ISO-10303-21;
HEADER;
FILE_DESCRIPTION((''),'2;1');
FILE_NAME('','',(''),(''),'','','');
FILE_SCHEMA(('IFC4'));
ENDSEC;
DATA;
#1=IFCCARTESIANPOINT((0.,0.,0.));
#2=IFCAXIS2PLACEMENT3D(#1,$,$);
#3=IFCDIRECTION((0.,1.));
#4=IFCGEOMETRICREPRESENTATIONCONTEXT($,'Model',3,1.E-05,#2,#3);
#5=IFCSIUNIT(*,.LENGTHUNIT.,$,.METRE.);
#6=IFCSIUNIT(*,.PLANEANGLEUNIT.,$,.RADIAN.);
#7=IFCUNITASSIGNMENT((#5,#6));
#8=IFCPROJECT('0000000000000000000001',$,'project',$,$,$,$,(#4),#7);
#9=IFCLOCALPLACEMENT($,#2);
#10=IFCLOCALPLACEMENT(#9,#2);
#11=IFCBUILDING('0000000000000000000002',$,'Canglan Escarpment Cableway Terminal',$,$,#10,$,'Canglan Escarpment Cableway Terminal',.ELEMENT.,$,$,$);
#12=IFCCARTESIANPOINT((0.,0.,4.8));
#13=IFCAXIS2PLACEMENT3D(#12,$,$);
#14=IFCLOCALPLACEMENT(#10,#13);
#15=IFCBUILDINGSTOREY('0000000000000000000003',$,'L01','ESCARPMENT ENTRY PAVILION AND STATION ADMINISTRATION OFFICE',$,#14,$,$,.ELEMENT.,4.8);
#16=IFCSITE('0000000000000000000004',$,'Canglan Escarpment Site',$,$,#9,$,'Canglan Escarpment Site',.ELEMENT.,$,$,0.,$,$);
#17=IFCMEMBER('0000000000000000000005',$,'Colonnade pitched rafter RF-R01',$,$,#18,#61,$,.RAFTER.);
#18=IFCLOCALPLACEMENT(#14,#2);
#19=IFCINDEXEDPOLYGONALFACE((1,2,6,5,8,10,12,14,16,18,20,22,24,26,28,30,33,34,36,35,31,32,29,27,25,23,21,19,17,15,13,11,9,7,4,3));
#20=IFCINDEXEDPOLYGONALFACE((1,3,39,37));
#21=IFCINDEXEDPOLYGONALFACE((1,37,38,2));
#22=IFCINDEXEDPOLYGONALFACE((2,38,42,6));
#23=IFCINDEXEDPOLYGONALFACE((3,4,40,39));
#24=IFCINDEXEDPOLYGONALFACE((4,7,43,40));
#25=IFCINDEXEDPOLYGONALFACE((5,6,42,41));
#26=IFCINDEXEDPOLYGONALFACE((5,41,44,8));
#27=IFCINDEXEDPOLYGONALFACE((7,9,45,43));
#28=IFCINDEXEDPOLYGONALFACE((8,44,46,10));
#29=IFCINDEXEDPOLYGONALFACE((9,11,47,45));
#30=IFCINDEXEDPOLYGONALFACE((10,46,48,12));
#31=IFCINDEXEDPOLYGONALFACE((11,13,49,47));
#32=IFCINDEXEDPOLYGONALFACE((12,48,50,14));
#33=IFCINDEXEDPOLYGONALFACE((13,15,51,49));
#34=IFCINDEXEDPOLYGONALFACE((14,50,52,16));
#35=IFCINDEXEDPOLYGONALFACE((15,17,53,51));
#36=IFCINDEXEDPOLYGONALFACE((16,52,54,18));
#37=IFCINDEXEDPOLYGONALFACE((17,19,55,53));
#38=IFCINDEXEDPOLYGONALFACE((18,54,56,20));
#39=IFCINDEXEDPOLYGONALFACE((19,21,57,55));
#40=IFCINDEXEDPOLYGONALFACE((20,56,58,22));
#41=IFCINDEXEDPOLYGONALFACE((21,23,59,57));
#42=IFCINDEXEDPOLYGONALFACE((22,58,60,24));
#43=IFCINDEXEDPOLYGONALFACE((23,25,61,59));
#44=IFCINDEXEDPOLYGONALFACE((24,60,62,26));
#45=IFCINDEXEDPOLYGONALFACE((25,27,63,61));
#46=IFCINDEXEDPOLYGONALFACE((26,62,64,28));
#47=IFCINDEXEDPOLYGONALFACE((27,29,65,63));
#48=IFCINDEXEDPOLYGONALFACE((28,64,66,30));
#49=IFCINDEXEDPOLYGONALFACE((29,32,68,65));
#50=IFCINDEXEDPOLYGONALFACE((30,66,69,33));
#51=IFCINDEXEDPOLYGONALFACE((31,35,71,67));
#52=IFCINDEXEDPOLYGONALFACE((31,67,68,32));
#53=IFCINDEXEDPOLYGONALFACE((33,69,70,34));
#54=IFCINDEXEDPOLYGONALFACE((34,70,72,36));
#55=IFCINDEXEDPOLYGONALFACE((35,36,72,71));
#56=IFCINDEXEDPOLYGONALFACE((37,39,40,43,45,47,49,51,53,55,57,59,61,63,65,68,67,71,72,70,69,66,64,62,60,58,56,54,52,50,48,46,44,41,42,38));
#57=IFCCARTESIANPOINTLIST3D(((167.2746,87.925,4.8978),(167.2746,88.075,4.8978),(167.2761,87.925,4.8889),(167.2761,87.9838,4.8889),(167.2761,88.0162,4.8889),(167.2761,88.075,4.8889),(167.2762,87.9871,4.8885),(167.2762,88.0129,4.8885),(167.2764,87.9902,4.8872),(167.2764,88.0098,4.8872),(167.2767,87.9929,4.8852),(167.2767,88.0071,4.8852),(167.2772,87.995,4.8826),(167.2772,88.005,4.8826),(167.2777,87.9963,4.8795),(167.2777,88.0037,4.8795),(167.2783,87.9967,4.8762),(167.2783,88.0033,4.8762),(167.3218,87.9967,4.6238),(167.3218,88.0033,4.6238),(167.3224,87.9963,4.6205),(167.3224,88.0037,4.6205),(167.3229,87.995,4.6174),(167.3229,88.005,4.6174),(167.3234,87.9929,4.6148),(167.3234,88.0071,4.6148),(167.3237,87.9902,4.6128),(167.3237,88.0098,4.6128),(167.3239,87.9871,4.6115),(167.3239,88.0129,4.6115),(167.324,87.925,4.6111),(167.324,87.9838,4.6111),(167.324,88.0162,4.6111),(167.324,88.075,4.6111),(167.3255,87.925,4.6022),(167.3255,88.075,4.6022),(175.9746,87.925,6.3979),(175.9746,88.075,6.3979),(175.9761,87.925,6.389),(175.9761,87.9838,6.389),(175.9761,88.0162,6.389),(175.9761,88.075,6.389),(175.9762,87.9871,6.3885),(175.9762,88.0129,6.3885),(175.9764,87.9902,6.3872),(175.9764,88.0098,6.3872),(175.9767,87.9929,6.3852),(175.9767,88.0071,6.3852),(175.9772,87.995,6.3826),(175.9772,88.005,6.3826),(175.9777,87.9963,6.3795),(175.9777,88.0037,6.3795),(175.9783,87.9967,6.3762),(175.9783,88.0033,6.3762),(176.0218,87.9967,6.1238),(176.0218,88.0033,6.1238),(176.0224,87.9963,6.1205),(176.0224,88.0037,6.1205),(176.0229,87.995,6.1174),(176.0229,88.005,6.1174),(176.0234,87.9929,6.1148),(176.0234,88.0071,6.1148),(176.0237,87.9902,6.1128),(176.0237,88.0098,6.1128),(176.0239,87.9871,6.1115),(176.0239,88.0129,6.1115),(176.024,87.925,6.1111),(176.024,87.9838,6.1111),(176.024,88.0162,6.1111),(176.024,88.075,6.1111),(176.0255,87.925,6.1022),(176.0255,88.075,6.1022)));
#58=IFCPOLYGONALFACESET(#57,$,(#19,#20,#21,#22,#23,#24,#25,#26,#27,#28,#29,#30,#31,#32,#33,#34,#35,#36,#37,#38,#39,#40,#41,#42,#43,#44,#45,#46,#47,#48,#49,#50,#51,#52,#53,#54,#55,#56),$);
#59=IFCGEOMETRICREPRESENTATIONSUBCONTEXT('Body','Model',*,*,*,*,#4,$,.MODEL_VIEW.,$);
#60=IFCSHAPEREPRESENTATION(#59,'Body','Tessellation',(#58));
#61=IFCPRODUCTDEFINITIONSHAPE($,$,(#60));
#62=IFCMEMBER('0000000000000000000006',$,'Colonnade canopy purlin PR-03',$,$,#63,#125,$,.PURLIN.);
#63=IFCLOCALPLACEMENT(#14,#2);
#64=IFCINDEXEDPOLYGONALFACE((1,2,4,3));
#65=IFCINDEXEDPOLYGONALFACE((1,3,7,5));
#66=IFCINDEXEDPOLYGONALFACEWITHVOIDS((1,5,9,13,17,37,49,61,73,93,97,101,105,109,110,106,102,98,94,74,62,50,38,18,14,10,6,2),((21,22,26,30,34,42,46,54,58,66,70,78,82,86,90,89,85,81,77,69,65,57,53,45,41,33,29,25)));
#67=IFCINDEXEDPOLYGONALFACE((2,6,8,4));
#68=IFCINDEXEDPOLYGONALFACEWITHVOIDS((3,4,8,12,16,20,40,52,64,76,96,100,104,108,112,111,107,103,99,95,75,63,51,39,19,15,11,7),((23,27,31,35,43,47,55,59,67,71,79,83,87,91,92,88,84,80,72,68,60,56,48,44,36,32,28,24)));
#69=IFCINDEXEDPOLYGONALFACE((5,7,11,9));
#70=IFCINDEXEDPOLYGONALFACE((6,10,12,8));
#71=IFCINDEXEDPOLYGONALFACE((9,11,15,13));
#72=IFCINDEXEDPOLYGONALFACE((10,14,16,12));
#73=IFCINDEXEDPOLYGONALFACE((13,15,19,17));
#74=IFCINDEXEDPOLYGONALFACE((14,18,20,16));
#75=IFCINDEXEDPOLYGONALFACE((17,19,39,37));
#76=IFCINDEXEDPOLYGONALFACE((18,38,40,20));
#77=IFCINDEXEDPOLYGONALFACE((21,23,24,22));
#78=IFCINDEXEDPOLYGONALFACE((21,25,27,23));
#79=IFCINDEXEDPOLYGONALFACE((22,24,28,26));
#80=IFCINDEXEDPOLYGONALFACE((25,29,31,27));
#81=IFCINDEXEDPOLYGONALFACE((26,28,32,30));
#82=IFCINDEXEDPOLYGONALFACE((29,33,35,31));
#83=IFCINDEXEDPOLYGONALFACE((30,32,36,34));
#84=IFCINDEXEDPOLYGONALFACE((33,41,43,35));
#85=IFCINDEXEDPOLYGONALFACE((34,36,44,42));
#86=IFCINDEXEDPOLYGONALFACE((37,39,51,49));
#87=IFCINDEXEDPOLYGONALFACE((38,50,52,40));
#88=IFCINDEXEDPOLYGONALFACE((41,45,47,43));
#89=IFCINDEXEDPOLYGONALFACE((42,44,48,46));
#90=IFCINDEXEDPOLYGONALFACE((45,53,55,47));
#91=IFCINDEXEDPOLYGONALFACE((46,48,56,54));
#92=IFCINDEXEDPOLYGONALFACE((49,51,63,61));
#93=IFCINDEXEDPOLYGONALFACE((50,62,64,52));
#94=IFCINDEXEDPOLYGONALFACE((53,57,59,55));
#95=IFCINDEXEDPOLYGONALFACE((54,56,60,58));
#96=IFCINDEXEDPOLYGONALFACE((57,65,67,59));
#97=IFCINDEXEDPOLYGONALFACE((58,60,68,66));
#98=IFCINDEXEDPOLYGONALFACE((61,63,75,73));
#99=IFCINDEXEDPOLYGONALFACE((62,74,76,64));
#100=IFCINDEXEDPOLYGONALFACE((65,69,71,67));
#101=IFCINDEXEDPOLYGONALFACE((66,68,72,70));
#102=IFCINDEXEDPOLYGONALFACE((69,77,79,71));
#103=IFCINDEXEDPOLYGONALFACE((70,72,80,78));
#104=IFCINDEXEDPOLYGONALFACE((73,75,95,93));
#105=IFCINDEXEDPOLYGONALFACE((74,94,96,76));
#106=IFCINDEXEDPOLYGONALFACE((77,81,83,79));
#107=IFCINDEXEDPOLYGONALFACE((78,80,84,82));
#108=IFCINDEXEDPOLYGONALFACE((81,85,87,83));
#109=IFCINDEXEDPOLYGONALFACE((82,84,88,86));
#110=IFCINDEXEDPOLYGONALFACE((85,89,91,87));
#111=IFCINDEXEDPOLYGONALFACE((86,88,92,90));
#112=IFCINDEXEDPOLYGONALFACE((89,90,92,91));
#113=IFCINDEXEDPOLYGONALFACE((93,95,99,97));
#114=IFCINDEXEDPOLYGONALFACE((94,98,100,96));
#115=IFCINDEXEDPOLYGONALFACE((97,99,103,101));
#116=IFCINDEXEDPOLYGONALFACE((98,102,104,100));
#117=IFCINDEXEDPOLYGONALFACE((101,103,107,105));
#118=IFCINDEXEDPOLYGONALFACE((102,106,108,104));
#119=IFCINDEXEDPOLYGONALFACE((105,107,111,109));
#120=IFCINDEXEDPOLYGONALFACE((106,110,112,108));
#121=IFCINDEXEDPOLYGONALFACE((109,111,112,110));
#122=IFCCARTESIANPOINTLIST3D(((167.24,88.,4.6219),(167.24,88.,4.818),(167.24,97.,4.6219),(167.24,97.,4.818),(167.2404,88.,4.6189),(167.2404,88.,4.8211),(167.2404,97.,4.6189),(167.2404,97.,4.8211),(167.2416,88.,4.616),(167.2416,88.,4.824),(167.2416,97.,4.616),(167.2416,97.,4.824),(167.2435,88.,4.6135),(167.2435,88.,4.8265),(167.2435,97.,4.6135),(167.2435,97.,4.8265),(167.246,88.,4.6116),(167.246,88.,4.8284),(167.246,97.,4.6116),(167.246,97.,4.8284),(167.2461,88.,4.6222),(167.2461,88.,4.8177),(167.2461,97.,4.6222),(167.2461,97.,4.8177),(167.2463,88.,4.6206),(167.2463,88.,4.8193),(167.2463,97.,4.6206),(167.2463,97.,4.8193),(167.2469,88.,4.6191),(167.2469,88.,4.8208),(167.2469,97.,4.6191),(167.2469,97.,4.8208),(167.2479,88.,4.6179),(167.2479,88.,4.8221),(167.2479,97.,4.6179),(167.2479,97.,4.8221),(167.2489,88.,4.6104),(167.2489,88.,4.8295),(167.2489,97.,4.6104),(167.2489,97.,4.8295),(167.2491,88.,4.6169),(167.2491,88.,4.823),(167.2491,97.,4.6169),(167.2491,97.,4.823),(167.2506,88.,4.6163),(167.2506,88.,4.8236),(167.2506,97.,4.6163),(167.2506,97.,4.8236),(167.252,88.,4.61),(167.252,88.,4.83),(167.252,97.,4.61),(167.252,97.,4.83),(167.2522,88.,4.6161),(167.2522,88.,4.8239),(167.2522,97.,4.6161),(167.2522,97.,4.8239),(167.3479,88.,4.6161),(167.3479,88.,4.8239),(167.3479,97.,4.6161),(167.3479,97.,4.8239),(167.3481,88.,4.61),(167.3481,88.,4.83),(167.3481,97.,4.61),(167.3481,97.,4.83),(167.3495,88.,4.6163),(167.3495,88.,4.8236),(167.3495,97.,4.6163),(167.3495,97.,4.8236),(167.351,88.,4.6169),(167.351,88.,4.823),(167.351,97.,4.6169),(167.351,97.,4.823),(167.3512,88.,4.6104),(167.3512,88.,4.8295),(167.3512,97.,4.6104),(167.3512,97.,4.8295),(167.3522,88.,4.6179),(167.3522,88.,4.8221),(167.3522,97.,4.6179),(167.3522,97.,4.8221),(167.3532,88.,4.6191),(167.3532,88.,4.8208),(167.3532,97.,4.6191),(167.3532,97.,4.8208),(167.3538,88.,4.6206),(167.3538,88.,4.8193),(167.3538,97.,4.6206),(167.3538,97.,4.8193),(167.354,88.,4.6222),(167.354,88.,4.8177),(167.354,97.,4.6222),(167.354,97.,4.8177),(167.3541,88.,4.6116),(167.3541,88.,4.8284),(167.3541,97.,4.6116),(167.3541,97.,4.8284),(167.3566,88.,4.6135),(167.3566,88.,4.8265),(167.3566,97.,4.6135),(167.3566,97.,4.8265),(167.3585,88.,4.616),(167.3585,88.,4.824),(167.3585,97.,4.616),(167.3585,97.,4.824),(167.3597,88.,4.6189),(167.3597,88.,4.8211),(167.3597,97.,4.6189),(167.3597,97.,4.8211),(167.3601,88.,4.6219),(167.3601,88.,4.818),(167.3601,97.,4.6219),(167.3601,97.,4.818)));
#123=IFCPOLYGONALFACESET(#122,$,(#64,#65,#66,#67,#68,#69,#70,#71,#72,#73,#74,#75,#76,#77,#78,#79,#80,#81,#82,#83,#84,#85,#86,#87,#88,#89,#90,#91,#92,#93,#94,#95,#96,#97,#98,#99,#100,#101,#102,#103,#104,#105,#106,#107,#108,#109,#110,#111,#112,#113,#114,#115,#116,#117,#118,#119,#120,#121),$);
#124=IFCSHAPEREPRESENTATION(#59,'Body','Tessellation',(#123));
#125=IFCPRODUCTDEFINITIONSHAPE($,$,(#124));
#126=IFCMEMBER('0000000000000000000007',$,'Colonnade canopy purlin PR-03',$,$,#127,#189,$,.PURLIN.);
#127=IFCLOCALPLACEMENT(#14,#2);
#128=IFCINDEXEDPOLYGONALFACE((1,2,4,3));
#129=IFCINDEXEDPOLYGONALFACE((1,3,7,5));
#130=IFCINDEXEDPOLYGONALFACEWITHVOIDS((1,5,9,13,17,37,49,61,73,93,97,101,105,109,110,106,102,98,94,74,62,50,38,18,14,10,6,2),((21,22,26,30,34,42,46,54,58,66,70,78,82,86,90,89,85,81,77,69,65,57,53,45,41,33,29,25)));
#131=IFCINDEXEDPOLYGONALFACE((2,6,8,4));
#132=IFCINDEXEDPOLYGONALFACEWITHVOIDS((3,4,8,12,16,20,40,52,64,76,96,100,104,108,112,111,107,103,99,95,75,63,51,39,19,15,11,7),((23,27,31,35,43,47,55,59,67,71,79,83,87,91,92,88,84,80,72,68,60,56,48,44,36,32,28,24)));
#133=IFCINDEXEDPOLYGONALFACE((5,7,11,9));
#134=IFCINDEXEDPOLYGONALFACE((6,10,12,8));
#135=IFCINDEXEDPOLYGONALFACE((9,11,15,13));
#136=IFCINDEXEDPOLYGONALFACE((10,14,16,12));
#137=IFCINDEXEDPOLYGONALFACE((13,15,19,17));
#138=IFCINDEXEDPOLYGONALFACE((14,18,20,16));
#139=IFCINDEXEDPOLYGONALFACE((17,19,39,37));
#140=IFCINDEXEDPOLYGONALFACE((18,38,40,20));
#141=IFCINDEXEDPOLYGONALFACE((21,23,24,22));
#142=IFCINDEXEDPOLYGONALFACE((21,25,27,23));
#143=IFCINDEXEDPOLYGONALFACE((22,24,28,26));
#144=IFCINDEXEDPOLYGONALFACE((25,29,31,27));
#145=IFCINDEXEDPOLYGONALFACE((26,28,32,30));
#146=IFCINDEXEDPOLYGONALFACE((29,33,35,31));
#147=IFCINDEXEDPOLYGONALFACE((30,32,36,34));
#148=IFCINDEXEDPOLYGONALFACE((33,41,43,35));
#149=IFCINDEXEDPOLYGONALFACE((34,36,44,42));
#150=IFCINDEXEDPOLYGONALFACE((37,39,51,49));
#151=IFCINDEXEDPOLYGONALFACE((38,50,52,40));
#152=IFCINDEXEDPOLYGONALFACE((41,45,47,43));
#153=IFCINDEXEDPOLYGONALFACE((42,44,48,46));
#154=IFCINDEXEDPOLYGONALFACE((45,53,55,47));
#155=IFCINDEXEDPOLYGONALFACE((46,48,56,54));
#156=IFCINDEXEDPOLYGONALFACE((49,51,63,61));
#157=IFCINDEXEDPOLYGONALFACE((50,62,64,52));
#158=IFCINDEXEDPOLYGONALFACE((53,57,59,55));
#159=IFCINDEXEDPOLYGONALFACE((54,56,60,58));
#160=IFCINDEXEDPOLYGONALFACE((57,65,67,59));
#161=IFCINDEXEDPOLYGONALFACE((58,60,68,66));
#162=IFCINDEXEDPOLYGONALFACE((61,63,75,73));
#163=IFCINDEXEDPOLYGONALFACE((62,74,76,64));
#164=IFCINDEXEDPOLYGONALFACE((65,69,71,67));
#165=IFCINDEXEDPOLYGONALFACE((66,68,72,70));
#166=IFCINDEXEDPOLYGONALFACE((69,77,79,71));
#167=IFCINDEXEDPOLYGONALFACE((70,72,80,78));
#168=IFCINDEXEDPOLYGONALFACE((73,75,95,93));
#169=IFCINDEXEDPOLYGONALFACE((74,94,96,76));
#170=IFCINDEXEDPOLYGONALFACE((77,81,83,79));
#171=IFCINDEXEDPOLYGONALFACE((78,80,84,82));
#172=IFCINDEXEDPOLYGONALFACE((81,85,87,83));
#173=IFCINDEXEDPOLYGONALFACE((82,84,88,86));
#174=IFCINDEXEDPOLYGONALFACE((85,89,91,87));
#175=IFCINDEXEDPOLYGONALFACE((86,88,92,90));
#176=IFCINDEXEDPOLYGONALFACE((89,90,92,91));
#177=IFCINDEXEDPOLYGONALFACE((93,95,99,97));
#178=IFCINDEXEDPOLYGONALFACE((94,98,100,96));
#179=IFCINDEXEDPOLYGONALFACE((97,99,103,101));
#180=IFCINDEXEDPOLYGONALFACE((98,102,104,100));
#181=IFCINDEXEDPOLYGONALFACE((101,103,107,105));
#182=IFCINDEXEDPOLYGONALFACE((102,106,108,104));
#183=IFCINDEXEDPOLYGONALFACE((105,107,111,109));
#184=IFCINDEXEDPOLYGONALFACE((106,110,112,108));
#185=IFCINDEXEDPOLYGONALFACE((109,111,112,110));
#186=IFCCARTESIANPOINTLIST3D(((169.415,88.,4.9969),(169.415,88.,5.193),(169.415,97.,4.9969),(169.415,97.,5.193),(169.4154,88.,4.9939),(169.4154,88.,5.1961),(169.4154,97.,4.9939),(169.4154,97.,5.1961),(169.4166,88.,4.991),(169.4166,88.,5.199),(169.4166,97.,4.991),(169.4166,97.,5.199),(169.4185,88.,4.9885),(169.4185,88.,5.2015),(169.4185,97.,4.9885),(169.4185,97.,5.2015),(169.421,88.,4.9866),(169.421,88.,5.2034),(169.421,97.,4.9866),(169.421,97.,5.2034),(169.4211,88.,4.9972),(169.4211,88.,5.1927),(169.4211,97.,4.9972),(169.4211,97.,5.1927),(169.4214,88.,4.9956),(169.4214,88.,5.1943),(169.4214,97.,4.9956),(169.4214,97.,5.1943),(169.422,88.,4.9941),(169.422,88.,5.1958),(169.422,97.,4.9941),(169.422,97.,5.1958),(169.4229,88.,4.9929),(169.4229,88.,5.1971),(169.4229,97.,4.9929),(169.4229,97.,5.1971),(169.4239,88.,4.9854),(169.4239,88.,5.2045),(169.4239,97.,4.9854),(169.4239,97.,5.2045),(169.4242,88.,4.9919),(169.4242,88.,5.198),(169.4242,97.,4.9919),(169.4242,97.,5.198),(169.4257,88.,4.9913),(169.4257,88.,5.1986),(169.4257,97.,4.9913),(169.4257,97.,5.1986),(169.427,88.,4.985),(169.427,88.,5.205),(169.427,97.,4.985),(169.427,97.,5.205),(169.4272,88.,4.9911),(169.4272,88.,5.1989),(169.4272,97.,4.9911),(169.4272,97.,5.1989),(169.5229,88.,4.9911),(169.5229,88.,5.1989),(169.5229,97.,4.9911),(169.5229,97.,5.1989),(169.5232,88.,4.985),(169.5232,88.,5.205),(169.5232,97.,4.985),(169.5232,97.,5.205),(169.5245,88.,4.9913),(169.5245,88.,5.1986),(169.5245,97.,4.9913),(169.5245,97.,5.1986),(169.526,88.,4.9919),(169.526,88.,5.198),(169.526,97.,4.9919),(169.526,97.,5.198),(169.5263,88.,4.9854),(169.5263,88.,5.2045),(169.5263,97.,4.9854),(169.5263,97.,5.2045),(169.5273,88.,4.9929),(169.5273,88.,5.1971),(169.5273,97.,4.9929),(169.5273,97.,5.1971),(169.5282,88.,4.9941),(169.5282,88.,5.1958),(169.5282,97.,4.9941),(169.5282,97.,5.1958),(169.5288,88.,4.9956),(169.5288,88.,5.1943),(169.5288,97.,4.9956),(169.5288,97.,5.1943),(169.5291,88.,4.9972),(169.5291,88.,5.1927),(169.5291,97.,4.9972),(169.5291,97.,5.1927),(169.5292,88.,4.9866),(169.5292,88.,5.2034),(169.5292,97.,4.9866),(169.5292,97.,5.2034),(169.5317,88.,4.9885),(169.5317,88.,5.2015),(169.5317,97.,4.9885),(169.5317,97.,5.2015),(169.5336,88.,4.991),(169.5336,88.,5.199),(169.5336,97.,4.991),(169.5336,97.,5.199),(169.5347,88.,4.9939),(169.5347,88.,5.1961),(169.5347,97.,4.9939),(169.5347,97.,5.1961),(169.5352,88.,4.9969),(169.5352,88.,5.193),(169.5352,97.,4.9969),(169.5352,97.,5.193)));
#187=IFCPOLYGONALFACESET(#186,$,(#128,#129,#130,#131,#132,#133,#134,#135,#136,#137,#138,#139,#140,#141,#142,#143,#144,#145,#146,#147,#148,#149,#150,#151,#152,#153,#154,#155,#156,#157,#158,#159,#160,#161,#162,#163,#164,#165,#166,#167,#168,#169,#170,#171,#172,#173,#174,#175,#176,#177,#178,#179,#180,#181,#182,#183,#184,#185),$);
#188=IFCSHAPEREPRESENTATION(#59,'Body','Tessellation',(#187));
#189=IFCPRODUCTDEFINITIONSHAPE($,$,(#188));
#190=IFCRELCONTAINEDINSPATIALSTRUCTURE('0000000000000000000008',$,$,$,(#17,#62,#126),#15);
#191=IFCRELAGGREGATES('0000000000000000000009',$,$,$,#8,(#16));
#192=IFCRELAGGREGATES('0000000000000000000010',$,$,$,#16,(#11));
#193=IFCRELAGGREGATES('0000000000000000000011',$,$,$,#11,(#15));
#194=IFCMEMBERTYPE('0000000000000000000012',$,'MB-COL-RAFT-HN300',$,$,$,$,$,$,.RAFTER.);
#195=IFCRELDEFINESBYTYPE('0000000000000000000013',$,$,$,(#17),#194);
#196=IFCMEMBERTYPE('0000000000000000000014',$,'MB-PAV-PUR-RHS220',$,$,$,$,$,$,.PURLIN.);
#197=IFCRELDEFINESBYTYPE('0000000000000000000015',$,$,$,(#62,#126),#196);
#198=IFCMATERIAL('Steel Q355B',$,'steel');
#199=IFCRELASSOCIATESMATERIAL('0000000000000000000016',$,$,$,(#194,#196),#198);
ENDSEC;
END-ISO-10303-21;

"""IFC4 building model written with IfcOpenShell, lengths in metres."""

from ifc_helpers import new_model, si_unit, direction, frame, origin, origin_2d, place, context, subcontext, project, spatial, hollow_rectangle, i_section, extrude, material, material_profile, profile_set, type_object, element, save


model = new_model("IFC4")

# Units and contexts
model_context = context("Model", 3, precision=1e-05, world=origin(), true_north=direction((0.0, 1.0)))
body_context = subcontext(model_context, "Body", "Model", "MODEL_VIEW")
ifc_project = project(units=[si_unit("LENGTHUNIT", "METRE"), si_unit("PLANEANGLEUNIT", "RADIAN")], contexts=[model_context])

# Site, building, storey
site_placement = place(None, origin())
site = spatial("IfcSite", under=ifc_project, at=site_placement, Name="Canglan Escarpment Site", LongName="Canglan Escarpment Site", CompositionType="ELEMENT", RefElevation=0.0)
building_placement = place(site_placement, origin())
building = spatial("IfcBuilding", under=site, at=building_placement, Name="Canglan Escarpment Cableway Terminal", LongName="Canglan Escarpment Cableway Terminal", CompositionType="ELEMENT")
storey_placement = place(building_placement, frame((0.0, 0.0, 4.8)))
storey = spatial("IfcBuildingStorey", under=building, at=storey_placement, Name="L01", Description="ESCARPMENT ENTRY PAVILION AND STATION ADMINISTRATION OFFICE", CompositionType="ELEMENT", Elevation=4.8)

# Shared definitions
ifc_material_1 = material(Name="Steel Q355B", Category="steel")

# Members
ifc_material_profile_1 = material_profile(ifc_material_1, i_section(OverallWidth=0.1499, OverallDepth=0.3, WebThickness=0.0066, FlangeThickness=0.009, FilletRadius=0.0129, at=origin_2d()), Name="HN 300x150x6.5x9")
ifc_profile_set_1 = profile_set([ifc_material_profile_1], Name="Steel Q355B")
member_type_1 = type_object("IfcMemberType", Name="MB-COL-RAFT-HN300", PredefinedType="RAFTER", material=ifc_profile_set_1)
member_placement = place(storey_placement, frame((167.3, 88.0, 4.75), z_axis=(0.98546, 0.0, 0.169908), x_axis=(0.0, 1.0, 0.0)))
element("IfcMember", 1, at=member_placement, inside=storey, type_object=member_type_1, Name="Colonnade pitched rafter RF-R01", PredefinedType="RAFTER", context=body_context, shape_type="SweptSolid", body=[
    extrude(i_section(OverallWidth=0.1499, OverallDepth=0.3, WebThickness=0.0066, FlangeThickness=0.009, FilletRadius=0.0129, at=origin_2d()), origin(), (0.0, 0.0, 1.0), 8.8284),
])
ifc_material_profile_2 = material_profile(ifc_material_1, hollow_rectangle(XDim=0.1201, YDim=0.22, WallThickness=0.0061, InnerFilletRadius=0.0061, OuterFilletRadius=0.012, at=origin_2d()), Name="RHS 220x120x6")
ifc_profile_set_2 = profile_set([ifc_material_profile_2], Name="Steel Q355B")
member_type_2 = type_object("IfcMemberType", Name="MB-PAV-PUR-RHS220", PredefinedType="PURLIN", material=ifc_profile_set_2)
for number, where, z_axis, x_axis, name in (
    (2, (167.3, 88.0, 4.72), (0.0, 1.0, 0.0), (-1.0, 0.0, 0.0), "Colonnade canopy purlin PR-03"),
    (3, (169.4751, 88.0, 5.095), (0.0, 1.0, 0.0), (-1.0, 0.0, 0.0), "Colonnade canopy purlin PR-03"),
):
    element("IfcMember", number, at=place(storey_placement, frame(where, z_axis=z_axis, x_axis=x_axis)), inside=storey, type_object=member_type_2, Name=name, PredefinedType="PURLIN", context=body_context, shape_type="SweptSolid", body=[
        extrude(hollow_rectangle(XDim=0.1201, YDim=0.22, WallThickness=0.0061, InnerFilletRadius=0.0061, OuterFilletRadius=0.012, at=origin_2d()), origin(), (0.0, 0.0, 1.0), 9.0),
    ])

save(model, "model.ifc")
